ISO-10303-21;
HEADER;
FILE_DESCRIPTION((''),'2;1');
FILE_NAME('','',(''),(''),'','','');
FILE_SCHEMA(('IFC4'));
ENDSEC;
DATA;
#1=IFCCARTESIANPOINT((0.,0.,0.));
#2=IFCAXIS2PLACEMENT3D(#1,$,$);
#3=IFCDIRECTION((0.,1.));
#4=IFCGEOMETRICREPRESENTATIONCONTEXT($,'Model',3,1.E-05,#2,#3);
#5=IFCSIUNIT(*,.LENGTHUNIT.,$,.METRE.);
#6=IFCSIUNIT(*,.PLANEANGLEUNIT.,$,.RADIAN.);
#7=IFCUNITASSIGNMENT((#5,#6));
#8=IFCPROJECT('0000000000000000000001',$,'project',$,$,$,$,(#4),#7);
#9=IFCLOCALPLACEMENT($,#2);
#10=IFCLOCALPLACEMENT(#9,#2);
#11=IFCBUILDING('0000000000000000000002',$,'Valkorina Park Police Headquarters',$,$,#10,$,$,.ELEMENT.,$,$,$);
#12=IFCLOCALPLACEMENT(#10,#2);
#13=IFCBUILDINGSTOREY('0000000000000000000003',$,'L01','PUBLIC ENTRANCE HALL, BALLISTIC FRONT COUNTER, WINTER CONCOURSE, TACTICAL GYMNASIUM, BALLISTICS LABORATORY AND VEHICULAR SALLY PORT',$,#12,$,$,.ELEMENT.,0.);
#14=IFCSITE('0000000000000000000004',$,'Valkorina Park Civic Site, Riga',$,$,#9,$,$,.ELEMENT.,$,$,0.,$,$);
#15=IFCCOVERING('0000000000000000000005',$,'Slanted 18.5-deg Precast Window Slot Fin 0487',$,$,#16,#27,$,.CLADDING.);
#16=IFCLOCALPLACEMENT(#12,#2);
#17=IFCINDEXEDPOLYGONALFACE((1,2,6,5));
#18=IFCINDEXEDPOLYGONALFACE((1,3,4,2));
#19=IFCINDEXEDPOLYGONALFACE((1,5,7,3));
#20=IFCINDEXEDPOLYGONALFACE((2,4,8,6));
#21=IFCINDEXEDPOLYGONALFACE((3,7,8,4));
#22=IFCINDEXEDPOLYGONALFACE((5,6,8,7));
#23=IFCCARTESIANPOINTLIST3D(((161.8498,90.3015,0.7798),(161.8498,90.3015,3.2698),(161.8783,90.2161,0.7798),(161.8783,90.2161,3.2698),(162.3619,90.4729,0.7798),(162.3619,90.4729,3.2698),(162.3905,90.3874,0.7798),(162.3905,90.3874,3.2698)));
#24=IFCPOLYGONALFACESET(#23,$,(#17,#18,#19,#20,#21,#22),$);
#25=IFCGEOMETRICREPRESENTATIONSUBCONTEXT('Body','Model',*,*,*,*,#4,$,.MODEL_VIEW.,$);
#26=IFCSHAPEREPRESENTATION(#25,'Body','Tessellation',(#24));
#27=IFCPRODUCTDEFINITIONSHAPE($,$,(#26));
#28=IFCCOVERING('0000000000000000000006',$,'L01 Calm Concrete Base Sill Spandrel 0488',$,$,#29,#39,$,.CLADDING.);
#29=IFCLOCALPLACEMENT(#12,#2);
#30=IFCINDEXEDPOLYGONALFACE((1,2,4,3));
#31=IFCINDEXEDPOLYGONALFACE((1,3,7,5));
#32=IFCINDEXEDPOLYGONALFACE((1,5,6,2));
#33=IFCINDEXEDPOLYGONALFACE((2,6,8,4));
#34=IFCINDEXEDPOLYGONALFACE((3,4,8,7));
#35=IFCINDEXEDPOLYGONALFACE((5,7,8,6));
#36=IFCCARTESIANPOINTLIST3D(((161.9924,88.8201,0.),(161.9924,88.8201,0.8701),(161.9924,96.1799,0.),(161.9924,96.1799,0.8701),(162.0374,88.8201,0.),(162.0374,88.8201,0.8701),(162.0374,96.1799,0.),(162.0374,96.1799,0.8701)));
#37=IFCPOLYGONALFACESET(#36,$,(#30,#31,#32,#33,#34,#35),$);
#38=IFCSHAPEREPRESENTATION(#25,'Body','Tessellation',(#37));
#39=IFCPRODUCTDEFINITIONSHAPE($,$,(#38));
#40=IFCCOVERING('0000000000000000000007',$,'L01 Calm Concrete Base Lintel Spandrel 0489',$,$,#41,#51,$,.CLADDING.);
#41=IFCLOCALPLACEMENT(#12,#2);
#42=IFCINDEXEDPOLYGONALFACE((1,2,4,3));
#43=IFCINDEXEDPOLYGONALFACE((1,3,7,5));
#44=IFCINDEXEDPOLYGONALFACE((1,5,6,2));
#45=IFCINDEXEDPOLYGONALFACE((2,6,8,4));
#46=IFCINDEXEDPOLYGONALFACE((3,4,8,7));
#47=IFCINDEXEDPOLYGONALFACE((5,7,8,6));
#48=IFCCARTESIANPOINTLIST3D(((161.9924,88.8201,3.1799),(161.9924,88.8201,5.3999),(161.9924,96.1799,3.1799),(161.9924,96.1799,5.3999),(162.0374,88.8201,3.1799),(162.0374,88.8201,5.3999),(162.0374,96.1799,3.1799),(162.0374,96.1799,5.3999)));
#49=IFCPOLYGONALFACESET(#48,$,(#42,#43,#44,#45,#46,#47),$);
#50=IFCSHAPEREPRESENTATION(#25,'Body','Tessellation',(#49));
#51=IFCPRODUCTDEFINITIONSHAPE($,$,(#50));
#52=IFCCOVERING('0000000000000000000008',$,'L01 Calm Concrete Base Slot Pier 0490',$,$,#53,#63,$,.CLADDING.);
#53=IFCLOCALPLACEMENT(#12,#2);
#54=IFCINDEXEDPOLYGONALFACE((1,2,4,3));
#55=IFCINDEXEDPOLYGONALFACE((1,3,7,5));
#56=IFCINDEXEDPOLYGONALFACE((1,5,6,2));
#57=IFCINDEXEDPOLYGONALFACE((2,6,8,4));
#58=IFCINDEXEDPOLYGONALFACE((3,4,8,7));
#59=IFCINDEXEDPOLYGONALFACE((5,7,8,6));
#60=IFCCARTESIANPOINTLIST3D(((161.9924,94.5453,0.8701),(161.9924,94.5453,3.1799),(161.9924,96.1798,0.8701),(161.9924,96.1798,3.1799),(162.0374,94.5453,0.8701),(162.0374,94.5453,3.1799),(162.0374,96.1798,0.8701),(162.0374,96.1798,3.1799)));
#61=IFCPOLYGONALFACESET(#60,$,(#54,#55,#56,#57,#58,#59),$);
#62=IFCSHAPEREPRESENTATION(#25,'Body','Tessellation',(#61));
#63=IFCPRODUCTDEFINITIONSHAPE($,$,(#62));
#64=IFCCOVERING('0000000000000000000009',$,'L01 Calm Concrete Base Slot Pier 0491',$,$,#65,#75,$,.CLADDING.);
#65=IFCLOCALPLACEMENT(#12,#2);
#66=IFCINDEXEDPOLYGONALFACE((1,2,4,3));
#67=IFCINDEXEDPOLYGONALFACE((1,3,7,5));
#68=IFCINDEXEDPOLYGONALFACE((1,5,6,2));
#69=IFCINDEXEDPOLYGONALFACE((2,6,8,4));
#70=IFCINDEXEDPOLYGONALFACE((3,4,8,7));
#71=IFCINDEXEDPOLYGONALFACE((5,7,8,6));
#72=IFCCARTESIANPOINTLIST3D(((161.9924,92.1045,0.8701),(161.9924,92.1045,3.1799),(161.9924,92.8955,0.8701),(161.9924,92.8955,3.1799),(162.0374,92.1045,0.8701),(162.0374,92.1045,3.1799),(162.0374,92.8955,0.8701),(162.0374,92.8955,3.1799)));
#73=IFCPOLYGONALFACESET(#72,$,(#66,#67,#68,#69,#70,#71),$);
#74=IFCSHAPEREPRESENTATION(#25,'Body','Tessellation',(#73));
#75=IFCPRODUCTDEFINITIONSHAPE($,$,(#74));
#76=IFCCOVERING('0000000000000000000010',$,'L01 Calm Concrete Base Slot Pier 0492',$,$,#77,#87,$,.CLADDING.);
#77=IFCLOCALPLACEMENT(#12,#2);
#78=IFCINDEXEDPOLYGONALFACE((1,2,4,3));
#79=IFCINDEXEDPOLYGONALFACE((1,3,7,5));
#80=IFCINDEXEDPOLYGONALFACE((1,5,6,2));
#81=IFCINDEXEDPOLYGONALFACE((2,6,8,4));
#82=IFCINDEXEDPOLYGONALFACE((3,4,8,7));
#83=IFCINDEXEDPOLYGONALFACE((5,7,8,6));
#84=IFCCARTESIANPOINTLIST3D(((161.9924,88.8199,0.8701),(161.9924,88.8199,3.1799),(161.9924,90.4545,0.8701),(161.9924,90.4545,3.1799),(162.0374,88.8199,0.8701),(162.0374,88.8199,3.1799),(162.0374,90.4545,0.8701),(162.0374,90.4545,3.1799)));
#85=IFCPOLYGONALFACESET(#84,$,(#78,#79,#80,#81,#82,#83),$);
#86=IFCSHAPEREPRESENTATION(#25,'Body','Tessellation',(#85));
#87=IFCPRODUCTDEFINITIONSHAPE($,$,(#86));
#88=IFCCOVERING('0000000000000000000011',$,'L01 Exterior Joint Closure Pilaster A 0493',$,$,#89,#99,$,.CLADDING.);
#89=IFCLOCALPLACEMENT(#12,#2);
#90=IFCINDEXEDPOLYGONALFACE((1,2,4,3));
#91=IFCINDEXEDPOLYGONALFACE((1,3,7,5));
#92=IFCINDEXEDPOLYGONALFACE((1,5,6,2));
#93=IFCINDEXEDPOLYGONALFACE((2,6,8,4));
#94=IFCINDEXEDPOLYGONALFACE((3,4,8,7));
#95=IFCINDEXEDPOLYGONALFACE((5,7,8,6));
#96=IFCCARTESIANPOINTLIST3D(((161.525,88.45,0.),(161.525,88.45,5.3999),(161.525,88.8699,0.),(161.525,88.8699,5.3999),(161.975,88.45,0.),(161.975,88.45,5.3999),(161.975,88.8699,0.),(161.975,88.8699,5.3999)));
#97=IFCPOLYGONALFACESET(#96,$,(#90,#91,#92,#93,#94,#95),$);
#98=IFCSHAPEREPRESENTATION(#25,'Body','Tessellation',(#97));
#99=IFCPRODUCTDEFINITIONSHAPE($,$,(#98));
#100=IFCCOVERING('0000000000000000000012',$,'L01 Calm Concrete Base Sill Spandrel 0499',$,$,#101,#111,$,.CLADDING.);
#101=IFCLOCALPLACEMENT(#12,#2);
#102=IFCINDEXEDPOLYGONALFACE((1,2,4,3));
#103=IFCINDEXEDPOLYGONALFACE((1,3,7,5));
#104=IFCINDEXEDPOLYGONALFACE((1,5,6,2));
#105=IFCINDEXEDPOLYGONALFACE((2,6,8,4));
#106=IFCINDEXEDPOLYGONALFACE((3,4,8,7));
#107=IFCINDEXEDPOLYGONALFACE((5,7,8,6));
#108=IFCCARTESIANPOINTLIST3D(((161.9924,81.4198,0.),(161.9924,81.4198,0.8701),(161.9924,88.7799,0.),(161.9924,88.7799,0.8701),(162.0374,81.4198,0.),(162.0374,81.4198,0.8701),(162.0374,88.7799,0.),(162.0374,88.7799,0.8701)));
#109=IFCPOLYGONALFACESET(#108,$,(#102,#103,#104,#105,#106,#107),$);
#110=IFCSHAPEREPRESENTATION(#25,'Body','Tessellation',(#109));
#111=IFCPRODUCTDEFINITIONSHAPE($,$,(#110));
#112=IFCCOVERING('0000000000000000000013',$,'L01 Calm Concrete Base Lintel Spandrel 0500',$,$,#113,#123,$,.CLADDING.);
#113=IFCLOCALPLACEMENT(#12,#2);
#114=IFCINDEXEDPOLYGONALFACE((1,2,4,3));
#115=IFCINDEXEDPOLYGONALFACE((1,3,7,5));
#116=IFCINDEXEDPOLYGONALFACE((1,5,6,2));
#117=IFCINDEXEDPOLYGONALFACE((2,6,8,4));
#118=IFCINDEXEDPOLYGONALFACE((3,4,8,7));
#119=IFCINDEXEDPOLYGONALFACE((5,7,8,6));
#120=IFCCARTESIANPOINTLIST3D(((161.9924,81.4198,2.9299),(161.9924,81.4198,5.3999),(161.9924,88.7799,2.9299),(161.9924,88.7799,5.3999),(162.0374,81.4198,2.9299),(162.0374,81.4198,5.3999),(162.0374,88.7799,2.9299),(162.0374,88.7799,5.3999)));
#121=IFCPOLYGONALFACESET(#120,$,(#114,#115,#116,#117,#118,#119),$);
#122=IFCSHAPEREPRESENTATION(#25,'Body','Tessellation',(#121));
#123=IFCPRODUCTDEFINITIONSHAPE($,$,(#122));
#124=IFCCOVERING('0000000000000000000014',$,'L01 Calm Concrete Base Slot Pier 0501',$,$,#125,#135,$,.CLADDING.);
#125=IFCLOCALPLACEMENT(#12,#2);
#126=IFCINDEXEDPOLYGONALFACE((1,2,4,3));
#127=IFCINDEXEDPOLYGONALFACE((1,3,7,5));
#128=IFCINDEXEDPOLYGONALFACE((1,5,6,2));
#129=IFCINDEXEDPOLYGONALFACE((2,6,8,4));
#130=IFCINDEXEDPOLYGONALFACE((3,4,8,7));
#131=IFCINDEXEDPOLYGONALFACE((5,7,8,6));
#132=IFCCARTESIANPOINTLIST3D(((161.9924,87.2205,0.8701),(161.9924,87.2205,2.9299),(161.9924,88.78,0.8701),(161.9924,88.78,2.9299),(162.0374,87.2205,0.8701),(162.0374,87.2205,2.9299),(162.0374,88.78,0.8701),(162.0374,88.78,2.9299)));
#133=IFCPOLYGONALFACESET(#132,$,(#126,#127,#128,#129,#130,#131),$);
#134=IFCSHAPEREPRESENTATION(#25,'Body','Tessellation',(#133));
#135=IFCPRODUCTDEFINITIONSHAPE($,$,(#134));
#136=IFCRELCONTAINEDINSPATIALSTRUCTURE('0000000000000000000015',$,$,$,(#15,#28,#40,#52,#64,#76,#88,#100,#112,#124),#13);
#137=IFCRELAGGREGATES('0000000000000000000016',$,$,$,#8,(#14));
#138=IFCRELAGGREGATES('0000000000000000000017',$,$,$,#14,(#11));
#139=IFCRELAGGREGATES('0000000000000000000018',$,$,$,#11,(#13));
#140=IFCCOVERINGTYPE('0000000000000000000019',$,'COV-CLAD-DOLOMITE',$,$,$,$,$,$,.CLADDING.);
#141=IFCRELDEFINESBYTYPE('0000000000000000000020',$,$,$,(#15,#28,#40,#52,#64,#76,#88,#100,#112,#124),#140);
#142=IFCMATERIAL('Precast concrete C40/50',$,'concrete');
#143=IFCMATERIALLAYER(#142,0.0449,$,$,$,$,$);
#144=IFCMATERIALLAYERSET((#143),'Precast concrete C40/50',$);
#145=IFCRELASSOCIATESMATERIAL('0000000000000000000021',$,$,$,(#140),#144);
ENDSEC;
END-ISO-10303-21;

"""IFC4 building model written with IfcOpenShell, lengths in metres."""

from ifc_helpers import new_model, si_unit, direction, frame, frame_2d, origin, origin_2d, place, context, subcontext, project, spatial, rectangle, extrude, material, layer, layer_set, type_object, element, save


model = new_model("IFC4")

# Units and contexts
model_context = context("Model", 3, precision=1e-05, world=origin(), true_north=direction((0.0, 1.0)))
body_context = subcontext(model_context, "Body", "Model", "MODEL_VIEW")
ifc_project = project(units=[si_unit("LENGTHUNIT", "METRE"), si_unit("PLANEANGLEUNIT", "RADIAN")], contexts=[model_context])

# Site, building, storey
site_placement = place(None, origin())
site = spatial("IfcSite", under=ifc_project, at=site_placement, Name="Valkorina Park Civic Site, Riga", CompositionType="ELEMENT", RefElevation=0.0)
building_placement = place(site_placement, origin())
building = spatial("IfcBuilding", under=site, at=building_placement, Name="Valkorina Park Police Headquarters", CompositionType="ELEMENT")
storey_placement = place(building_placement, origin())
storey = spatial("IfcBuildingStorey", under=building, at=storey_placement, Name="L01", Description="PUBLIC ENTRANCE HALL, BALLISTIC FRONT COUNTER, WINTER CONCOURSE, TACTICAL GYMNASIUM, BALLISTICS LABORATORY AND VEHICULAR SALLY PORT", CompositionType="ELEMENT", Elevation=0.0)

# Shared definitions
ifc_material_1 = material(Name="Precast concrete C40/50", Category="concrete")

# Coverings
ifc_layer_1 = layer(ifc_material_1, 0.0449)
ifc_layer_set_1 = layer_set([ifc_layer_1], Name="Precast concrete C40/50")
covering_type = type_object("IfcCoveringType", Name="COV-CLAD-DOLOMITE", PredefinedType="CLADDING", material=ifc_layer_set_1)
for number, where, z_axis, x_axis, name in (
    (1, (162.1201, 90.3445, 0.7798), (0.0, 0.0, 1.0), (0.948324, 0.317305, 0.0), "Slanted 18.5-deg Precast Window Slot Fin 0487"),
):
    element("IfcCovering", number, at=place(storey_placement, frame(where, z_axis=z_axis, x_axis=x_axis)), inside=storey, type_object=covering_type, Name=name, PredefinedType="CLADDING", context=body_context, shape_type="SweptSolid", body=[
        extrude(rectangle(XDim=0.54, YDim=0.0901, at=origin_2d()), origin(), (0.0, 0.0, 1.0), 2.49),
    ])
covering_1_placement = place(storey_placement, frame((162.0149, 96.1799, 0.0), z_axis=(0.0, 0.0, 1.0), x_axis=(0.0, -1.0, 0.0)))
element("IfcCovering", 2, at=covering_1_placement, inside=storey, type_object=covering_type, Name="L01 Calm Concrete Base Sill Spandrel 0488", PredefinedType="CLADDING", context=body_context, shape_type="SweptSolid", body=[
    extrude(rectangle(XDim=7.3599, YDim=0.0449, at=frame_2d((3.6799, 0.0))), origin(), (0.0, 0.0, 1.0), 0.8701),
])
covering_2_placement = place(storey_placement, frame((162.0149, 96.1799, 3.1799), z_axis=(0.0, 0.0, 1.0), x_axis=(0.0, -1.0, 0.0)))
element("IfcCovering", 3, at=covering_2_placement, inside=storey, type_object=covering_type, Name="L01 Calm Concrete Base Lintel Spandrel 0489", PredefinedType="CLADDING", context=body_context, shape_type="SweptSolid", body=[
    extrude(rectangle(XDim=7.3599, YDim=0.0449, at=frame_2d((3.6799, 0.0))), origin(), (0.0, 0.0, 1.0), 2.22),
])
covering_3_placement = place(storey_placement, frame((162.0149, 96.1799, 0.8701), z_axis=(0.0, 0.0, 1.0), x_axis=(0.0, -1.0, 0.0)))
element("IfcCovering", 4, at=covering_3_placement, inside=storey, type_object=covering_type, Name="L01 Calm Concrete Base Slot Pier 0490", PredefinedType="CLADDING", context=body_context, shape_type="SweptSolid", body=[
    extrude(rectangle(XDim=1.6345, YDim=0.0449, at=frame_2d((0.8174, 0.0))), origin(), (0.0, 0.0, 1.0), 2.3098),
])
covering_4_placement = place(storey_placement, frame((162.0149, 92.8955, 0.8701), z_axis=(0.0, 0.0, 1.0), x_axis=(0.0, -1.0, 0.0)))
element("IfcCovering", 5, at=covering_4_placement, inside=storey, type_object=covering_type, Name="L01 Calm Concrete Base Slot Pier 0491", PredefinedType="CLADDING", context=body_context, shape_type="SweptSolid", body=[
    extrude(rectangle(XDim=0.791, YDim=0.0449, at=frame_2d((0.3955, 0.0))), origin(), (0.0, 0.0, 1.0), 2.3098),
])
covering_5_placement = place(storey_placement, frame((162.0149, 90.4546, 0.8701), z_axis=(0.0, 0.0, 1.0), x_axis=(0.0, -1.0, 0.0)))
element("IfcCovering", 6, at=covering_5_placement, inside=storey, type_object=covering_type, Name="L01 Calm Concrete Base Slot Pier 0492", PredefinedType="CLADDING", context=body_context, shape_type="SweptSolid", body=[
    extrude(rectangle(XDim=1.6345, YDim=0.0449, at=frame_2d((0.8174, 0.0))), origin(), (0.0, 0.0, 1.0), 2.3098),
])
covering_6_placement = place(storey_placement, frame((161.75, 88.6599, 0.0), z_axis=(0.0, 0.0, 1.0), x_axis=(0.0, 1.0, 0.0)))
element("IfcCovering", 7, at=covering_6_placement, inside=storey, type_object=covering_type, Name="L01 Exterior Joint Closure Pilaster A 0493", PredefinedType="CLADDING", context=body_context, shape_type="SweptSolid", body=[
    extrude(rectangle(XDim=0.4199, YDim=0.45, at=origin_2d()), origin(), (0.0, 0.0, 1.0), 5.3999),
])
covering_7_placement = place(storey_placement, frame((162.0149, 88.78, 0.0), z_axis=(0.0, 0.0, 1.0), x_axis=(0.0, -1.0, 0.0)))
element("IfcCovering", 8, at=covering_7_placement, inside=storey, type_object=covering_type, Name="L01 Calm Concrete Base Sill Spandrel 0499", PredefinedType="CLADDING", context=body_context, shape_type="SweptSolid", body=[
    extrude(rectangle(XDim=7.3601, YDim=0.0449, at=frame_2d((3.6802, 0.0))), origin(), (0.0, 0.0, 1.0), 0.8701),
])
covering_8_placement = place(storey_placement, frame((162.0149, 88.78, 2.9299), z_axis=(0.0, 0.0, 1.0), x_axis=(0.0, -1.0, 0.0)))
element("IfcCovering", 9, at=covering_8_placement, inside=storey, type_object=covering_type, Name="L01 Calm Concrete Base Lintel Spandrel 0500", PredefinedType="CLADDING", context=body_context, shape_type="SweptSolid", body=[
    extrude(rectangle(XDim=7.3601, YDim=0.0449, at=frame_2d((3.6802, 0.0))), origin(), (0.0, 0.0, 1.0), 2.47),
])
covering_9_placement = place(storey_placement, frame((162.0149, 88.78, 0.8701), z_axis=(0.0, 0.0, 1.0), x_axis=(0.0, -1.0, 0.0)))
element("IfcCovering", 10, at=covering_9_placement, inside=storey, type_object=covering_type, Name="L01 Calm Concrete Base Slot Pier 0501", PredefinedType="CLADDING", context=body_context, shape_type="SweptSolid", body=[
    extrude(rectangle(XDim=1.5596, YDim=0.0449, at=frame_2d((0.7798, 0.0))), origin(), (0.0, 0.0, 1.0), 2.0598),
])

save(model, "model.ifc")
